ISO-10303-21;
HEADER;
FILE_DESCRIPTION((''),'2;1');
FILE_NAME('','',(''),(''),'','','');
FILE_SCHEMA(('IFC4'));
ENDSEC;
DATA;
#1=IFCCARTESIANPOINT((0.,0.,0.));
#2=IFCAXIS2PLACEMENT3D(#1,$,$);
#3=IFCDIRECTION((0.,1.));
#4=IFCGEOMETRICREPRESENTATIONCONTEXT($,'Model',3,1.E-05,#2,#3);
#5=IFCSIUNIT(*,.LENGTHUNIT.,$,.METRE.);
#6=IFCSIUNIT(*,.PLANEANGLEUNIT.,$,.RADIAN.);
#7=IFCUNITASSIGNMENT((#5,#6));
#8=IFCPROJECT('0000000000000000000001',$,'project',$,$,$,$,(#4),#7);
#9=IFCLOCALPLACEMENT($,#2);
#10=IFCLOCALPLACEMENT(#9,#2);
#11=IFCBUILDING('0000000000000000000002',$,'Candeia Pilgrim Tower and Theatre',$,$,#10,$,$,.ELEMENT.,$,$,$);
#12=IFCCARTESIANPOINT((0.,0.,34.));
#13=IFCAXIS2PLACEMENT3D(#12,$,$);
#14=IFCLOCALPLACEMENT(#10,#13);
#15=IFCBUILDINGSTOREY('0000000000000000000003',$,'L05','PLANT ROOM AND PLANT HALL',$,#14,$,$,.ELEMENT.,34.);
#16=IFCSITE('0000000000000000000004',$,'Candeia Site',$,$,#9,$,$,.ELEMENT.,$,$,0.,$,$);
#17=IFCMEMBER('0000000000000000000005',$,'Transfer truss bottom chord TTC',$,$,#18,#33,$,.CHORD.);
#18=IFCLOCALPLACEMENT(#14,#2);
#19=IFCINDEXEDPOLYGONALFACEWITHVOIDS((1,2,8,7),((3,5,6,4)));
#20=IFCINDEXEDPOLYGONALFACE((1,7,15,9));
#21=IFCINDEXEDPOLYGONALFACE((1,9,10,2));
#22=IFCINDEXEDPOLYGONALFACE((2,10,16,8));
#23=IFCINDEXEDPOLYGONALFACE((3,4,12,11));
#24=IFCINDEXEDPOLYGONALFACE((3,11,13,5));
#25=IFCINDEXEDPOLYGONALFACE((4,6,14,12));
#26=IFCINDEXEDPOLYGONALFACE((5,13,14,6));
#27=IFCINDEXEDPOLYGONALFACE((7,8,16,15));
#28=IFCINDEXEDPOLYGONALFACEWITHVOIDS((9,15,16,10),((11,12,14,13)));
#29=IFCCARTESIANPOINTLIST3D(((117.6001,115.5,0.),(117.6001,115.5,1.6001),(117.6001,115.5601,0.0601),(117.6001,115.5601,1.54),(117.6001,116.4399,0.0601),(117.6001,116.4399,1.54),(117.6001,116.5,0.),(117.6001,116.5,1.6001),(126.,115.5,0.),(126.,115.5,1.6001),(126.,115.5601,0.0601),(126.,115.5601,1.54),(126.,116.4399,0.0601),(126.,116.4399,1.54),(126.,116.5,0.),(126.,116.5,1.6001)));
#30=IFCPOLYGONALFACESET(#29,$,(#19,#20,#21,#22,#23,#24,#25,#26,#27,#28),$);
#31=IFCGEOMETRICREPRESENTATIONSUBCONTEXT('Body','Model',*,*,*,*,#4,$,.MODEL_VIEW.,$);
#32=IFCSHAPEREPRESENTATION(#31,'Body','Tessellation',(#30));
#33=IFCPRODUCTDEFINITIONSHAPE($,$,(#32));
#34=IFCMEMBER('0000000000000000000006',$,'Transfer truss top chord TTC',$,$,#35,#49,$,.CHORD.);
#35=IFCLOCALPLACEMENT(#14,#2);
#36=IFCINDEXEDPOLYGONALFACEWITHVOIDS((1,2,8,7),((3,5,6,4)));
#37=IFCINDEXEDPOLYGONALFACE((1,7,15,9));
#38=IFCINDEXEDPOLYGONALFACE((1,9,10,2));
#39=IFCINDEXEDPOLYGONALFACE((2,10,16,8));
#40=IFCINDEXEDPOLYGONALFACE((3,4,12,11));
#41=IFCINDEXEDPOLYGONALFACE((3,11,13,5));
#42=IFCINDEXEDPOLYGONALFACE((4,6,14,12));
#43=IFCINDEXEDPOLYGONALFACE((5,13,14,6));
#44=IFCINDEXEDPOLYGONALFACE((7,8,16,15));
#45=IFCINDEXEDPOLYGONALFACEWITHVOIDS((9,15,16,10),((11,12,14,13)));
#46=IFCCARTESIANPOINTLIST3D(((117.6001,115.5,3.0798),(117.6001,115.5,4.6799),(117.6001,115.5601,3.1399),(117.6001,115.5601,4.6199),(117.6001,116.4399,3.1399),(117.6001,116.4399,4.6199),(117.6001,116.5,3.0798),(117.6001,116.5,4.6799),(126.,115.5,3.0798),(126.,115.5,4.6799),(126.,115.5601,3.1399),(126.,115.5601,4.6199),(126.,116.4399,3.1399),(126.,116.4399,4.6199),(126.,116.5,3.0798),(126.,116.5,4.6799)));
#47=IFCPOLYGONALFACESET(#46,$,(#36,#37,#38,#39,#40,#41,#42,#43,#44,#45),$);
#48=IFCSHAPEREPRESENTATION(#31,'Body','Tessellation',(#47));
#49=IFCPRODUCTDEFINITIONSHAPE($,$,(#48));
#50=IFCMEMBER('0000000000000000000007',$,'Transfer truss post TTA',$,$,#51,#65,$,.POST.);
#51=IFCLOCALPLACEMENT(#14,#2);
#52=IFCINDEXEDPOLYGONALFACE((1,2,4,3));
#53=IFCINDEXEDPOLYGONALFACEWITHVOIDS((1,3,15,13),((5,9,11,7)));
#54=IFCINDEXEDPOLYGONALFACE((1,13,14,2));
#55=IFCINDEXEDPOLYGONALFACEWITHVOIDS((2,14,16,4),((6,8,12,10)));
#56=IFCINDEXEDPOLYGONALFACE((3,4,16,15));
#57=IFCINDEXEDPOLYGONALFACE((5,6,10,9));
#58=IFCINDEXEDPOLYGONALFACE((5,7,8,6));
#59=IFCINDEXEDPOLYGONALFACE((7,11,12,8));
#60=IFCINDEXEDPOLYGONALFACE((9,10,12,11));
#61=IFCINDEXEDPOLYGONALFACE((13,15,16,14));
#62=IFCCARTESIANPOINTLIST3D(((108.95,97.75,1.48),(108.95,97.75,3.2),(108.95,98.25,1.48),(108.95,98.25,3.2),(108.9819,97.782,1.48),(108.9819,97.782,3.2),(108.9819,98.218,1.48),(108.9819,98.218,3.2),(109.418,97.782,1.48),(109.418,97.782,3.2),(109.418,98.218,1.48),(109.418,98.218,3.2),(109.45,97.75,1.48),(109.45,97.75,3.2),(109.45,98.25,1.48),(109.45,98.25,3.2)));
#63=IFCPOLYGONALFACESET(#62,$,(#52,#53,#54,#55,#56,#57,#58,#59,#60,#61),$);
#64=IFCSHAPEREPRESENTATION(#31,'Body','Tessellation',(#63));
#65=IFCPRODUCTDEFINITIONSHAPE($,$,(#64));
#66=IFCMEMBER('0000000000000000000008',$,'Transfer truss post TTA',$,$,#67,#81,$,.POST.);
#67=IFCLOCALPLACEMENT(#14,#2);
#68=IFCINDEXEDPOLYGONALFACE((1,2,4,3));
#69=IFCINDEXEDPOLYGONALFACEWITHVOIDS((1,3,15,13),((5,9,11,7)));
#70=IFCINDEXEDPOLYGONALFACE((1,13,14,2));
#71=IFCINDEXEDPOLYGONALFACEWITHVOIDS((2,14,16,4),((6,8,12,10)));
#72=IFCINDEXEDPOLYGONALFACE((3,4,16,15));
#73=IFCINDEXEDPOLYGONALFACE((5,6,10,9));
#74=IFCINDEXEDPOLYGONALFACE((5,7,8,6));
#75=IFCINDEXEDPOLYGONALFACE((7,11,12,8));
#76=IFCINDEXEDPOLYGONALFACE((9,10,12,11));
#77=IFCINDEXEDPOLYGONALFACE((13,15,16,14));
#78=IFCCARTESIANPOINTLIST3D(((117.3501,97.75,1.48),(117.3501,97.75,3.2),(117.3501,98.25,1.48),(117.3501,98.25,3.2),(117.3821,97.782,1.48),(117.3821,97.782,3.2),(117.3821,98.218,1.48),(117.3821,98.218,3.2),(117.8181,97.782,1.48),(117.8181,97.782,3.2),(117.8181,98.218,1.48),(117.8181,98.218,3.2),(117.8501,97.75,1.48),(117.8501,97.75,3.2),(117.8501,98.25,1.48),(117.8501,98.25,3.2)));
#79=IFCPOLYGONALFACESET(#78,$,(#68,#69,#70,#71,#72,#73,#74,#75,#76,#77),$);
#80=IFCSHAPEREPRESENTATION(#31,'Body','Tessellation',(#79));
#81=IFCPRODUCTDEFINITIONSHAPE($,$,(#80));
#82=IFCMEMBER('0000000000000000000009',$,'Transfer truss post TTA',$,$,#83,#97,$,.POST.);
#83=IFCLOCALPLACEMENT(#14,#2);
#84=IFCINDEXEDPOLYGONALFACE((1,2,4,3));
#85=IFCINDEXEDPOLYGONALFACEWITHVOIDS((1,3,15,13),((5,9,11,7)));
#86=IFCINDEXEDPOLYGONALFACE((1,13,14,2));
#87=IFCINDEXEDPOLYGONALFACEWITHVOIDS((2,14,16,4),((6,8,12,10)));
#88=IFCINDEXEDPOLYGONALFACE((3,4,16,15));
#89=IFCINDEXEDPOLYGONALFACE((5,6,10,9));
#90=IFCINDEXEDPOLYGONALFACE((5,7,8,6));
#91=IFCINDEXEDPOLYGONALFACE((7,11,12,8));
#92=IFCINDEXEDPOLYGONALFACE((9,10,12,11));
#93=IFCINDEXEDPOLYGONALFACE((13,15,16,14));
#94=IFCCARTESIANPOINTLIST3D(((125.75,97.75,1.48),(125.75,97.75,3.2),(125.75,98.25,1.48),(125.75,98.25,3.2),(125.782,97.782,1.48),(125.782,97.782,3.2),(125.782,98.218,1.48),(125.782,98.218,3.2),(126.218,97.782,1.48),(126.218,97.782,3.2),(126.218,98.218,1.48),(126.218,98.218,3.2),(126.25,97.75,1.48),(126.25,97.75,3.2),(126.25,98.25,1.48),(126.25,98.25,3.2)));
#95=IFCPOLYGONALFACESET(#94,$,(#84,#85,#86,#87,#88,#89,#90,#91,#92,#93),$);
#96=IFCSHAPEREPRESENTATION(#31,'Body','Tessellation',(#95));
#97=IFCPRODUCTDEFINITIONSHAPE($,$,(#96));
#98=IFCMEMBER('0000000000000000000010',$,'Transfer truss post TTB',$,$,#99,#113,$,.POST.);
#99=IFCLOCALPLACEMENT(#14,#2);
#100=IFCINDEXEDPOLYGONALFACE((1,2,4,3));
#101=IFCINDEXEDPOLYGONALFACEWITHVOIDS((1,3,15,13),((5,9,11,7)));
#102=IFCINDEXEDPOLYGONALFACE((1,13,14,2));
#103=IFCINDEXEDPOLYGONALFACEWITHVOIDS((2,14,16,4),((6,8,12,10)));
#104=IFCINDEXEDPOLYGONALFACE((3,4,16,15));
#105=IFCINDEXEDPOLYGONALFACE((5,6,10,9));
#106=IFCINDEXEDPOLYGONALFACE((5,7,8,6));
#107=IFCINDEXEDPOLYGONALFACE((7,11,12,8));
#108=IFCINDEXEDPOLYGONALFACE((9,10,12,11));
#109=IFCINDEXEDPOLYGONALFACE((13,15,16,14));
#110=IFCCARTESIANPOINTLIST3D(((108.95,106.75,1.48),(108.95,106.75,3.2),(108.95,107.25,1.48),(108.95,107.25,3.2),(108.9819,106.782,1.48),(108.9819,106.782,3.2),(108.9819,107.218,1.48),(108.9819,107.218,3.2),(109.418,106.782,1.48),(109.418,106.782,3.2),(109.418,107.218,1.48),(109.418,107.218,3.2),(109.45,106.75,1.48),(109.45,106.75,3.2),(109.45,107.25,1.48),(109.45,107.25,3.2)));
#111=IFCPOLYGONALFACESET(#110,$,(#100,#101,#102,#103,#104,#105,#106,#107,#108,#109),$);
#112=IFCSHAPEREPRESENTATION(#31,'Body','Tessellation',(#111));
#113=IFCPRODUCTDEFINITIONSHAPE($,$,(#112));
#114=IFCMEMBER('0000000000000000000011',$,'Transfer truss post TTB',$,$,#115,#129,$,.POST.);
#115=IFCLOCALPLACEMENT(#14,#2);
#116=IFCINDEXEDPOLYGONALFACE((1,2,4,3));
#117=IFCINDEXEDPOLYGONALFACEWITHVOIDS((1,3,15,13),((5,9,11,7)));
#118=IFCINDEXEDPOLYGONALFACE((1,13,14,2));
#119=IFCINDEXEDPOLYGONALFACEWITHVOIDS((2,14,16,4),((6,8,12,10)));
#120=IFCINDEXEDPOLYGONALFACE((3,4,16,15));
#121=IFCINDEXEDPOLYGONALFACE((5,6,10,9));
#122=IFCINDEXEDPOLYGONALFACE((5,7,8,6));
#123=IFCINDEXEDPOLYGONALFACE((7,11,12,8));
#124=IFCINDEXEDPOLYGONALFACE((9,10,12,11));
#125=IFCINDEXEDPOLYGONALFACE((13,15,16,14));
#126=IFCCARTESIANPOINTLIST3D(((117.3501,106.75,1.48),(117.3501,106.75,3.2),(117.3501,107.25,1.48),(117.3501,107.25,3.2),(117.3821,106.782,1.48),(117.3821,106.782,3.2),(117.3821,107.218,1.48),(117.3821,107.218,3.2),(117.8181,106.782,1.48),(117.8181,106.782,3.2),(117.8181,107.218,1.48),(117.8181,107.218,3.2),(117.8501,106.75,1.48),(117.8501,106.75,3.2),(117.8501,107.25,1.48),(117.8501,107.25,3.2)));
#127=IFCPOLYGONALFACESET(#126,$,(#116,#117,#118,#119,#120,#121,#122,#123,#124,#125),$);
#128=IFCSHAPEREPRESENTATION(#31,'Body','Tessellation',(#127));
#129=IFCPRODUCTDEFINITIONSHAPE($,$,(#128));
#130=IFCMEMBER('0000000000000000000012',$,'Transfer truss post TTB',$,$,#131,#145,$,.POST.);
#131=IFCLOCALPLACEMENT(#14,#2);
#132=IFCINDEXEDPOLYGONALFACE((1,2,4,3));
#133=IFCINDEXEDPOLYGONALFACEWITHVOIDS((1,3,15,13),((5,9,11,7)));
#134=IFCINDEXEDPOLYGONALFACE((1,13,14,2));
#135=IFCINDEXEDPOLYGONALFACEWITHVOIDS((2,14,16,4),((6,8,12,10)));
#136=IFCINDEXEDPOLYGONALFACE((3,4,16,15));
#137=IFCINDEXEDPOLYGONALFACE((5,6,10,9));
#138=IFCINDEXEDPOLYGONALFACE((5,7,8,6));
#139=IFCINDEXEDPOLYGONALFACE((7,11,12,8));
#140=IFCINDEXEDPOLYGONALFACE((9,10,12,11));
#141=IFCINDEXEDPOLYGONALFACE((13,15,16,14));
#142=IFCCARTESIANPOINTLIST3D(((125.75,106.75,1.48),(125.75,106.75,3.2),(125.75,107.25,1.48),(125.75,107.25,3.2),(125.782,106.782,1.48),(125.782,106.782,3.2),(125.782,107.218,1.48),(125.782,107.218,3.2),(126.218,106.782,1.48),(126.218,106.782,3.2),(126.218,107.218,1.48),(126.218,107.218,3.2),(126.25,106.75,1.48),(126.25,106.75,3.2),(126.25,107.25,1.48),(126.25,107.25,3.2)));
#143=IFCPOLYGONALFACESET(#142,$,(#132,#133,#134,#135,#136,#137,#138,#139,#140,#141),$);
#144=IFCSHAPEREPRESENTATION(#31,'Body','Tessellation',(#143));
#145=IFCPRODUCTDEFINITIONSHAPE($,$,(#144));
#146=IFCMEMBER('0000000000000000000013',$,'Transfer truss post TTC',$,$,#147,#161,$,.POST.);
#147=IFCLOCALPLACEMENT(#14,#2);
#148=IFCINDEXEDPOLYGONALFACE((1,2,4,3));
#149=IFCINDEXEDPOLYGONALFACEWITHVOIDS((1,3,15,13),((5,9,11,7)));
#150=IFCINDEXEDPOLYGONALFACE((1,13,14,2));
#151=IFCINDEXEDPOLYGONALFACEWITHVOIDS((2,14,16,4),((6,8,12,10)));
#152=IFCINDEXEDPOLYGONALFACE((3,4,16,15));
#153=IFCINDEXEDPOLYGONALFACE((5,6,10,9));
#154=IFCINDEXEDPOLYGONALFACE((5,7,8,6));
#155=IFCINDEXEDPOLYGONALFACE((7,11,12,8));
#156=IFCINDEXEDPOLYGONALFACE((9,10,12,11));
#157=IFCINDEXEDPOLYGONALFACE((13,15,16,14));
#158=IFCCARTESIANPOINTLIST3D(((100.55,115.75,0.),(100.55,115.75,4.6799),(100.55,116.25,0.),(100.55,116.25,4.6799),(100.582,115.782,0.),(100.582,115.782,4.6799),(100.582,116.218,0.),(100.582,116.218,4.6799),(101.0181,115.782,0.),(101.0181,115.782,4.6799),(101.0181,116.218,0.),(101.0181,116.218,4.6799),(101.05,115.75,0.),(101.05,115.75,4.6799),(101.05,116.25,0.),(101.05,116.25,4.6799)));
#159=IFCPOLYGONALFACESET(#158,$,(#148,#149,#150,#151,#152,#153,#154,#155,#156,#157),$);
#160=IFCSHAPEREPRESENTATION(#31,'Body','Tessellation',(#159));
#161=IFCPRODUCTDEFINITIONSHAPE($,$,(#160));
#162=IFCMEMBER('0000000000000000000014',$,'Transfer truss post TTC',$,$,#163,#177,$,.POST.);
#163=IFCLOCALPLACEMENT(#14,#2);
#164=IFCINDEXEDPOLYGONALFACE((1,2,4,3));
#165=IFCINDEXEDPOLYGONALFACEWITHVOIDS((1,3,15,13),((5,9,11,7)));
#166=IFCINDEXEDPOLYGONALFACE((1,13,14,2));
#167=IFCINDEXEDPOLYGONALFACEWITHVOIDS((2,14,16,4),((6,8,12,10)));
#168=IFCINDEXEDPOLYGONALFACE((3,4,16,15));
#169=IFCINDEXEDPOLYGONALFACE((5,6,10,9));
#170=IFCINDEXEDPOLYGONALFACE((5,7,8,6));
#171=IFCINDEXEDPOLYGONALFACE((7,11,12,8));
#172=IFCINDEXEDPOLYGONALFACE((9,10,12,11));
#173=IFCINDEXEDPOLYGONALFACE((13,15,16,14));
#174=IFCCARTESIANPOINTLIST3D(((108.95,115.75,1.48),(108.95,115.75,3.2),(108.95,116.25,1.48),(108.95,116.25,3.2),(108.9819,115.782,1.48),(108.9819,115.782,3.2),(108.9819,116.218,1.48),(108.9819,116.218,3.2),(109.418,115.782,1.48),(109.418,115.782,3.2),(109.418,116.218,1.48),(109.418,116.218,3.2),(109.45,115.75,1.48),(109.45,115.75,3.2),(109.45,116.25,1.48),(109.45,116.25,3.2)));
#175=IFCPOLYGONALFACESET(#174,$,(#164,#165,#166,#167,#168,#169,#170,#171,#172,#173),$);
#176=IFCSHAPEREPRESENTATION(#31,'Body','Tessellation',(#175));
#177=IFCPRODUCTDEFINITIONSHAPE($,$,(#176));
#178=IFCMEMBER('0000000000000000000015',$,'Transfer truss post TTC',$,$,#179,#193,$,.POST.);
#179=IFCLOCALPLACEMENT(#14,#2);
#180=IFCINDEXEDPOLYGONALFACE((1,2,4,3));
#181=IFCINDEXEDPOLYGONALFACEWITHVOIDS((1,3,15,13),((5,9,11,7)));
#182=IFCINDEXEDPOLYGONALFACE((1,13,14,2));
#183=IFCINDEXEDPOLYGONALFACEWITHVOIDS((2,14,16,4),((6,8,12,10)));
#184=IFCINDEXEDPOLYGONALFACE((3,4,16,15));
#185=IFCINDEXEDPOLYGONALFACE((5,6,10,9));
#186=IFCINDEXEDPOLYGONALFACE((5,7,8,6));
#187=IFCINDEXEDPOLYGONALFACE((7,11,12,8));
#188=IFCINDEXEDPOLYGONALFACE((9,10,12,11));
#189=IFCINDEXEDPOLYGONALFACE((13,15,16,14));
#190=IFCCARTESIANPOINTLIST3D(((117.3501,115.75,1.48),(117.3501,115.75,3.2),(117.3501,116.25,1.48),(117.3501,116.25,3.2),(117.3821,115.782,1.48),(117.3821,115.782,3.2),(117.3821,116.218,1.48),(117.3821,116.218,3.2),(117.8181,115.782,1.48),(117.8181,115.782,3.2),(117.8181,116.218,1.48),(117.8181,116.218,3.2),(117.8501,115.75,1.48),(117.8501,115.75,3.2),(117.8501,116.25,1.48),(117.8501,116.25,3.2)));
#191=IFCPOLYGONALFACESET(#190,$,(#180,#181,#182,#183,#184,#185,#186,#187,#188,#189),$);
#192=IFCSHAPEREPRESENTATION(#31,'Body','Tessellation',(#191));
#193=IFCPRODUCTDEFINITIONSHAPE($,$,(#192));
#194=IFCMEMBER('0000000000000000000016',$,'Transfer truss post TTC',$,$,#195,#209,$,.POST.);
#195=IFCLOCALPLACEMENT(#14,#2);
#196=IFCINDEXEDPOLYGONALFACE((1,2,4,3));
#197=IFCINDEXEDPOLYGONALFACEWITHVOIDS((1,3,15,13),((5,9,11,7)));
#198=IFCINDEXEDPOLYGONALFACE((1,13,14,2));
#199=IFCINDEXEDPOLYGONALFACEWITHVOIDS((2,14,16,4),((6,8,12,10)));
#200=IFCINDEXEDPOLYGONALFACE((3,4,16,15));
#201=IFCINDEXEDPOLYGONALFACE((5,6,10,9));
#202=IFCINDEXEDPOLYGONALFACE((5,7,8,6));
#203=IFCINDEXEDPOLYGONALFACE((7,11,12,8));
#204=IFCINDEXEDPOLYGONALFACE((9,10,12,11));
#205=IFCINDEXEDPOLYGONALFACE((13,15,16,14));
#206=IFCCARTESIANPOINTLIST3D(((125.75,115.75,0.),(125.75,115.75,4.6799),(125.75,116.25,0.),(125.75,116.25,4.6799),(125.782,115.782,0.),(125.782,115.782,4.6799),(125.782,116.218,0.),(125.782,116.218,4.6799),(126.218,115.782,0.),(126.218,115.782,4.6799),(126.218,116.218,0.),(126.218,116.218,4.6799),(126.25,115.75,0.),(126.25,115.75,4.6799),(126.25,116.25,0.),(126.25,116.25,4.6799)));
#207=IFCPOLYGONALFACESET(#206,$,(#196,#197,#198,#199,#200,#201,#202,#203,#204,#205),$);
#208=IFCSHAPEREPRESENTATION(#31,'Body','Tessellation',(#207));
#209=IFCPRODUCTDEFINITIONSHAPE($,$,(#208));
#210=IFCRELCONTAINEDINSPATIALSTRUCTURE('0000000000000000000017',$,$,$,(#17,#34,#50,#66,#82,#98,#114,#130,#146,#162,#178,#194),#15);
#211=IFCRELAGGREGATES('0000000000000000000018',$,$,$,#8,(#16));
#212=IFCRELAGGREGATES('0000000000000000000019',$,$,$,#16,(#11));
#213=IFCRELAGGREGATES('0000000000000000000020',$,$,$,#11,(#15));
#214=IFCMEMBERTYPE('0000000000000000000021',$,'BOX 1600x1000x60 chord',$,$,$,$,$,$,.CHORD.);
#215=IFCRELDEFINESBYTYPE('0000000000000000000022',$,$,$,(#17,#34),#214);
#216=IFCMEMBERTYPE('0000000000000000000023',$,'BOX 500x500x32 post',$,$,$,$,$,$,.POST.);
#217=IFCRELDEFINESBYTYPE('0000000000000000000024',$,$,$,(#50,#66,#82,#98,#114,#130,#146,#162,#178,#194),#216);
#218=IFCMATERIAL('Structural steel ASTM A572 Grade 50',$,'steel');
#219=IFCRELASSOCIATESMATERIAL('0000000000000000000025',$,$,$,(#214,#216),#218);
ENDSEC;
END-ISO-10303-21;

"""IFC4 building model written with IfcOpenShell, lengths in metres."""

from ifc_helpers import new_model, si_unit, direction, frame, origin, origin_2d, place, context, subcontext, project, spatial, hollow_rectangle, extrude, material, material_profile, profile_set, type_object, element, save


model = new_model("IFC4")

# Units and contexts
model_context = context("Model", 3, precision=1e-05, world=origin(), true_north=direction((0.0, 1.0)))
body_context = subcontext(model_context, "Body", "Model", "MODEL_VIEW")
ifc_project = project(units=[si_unit("LENGTHUNIT", "METRE"), si_unit("PLANEANGLEUNIT", "RADIAN")], contexts=[model_context])

# Site, building, storey
site_placement = place(None, origin())
site = spatial("IfcSite", under=ifc_project, at=site_placement, Name="Candeia Site", CompositionType="ELEMENT", RefElevation=0.0)
building_placement = place(site_placement, origin())
building = spatial("IfcBuilding", under=site, at=building_placement, Name="Candeia Pilgrim Tower and Theatre", CompositionType="ELEMENT")
storey_placement = place(building_placement, frame((0.0, 0.0, 34.0)))
storey = spatial("IfcBuildingStorey", under=building, at=storey_placement, Name="L05", Description="PLANT ROOM AND PLANT HALL", CompositionType="ELEMENT", Elevation=34.0)

# Members
ifc_material_1 = material(Name="Structural steel ASTM A572 Grade 50", Category="steel")
ifc_material_profile_1 = material_profile(ifc_material_1, hollow_rectangle(XDim=1.0, YDim=1.6001, WallThickness=0.0601, at=origin_2d()))
ifc_profile_set_1 = profile_set([ifc_material_profile_1], Name="Structural steel ASTM A572 Grade 50")
member_type_1 = type_object("IfcMemberType", Name="BOX 1600x1000x60 chord", PredefinedType="CHORD", material=ifc_profile_set_1)
for number, where, z_axis, x_axis, name in (
    (1, (117.6001, 116.0, 0.8), (1.0, 0.0, 0.0), (0.0, 1.0, 0.0), "Transfer truss bottom chord TTC"),
    (2, (117.6001, 116.0, 3.8799), (1.0, 0.0, 0.0), (0.0, 1.0, 0.0), "Transfer truss top chord TTC"),
):
    element("IfcMember", number, at=place(storey_placement, frame(where, z_axis=z_axis, x_axis=x_axis)), inside=storey, type_object=member_type_1, Name=name, PredefinedType="CHORD", context=body_context, shape_type="SweptSolid", body=[
        extrude(hollow_rectangle(XDim=1.0, YDim=1.6001, WallThickness=0.0601, at=origin_2d()), origin(), (0.0, 0.0, 1.0), 8.3999),
    ])
ifc_material_profile_2 = material_profile(ifc_material_1, hollow_rectangle(XDim=0.5, YDim=0.5, WallThickness=0.032, at=origin_2d()))
ifc_profile_set_2 = profile_set([ifc_material_profile_2], Name="Structural steel ASTM A572 Grade 50")
member_type_2 = type_object("IfcMemberType", Name="BOX 500x500x32 post", PredefinedType="POST", material=ifc_profile_set_2)
for number, where, z_axis, x_axis, name in (
    (3, (109.2, 98.0, 1.48), (0.0, 0.0, 1.0), (1.0, 0.0, 0.0), "Transfer truss post TTA"),
    (4, (117.6001, 98.0, 1.48), (0.0, 0.0, 1.0), (1.0, 0.0, 0.0), "Transfer truss post TTA"),
    (5, (126.0, 98.0, 1.48), (0.0, 0.0, 1.0), (1.0, 0.0, 0.0), "Transfer truss post TTA"),
    (6, (109.2, 107.0, 1.48), (0.0, 0.0, 1.0), (1.0, 0.0, 0.0), "Transfer truss post TTB"),
    (7, (117.6001, 107.0, 1.48), (0.0, 0.0, 1.0), (1.0, 0.0, 0.0), "Transfer truss post TTB"),
    (8, (126.0, 107.0, 1.48), (0.0, 0.0, 1.0), (1.0, 0.0, 0.0), "Transfer truss post TTB"),
):
    element("IfcMember", number, at=place(storey_placement, frame(where, z_axis=z_axis, x_axis=x_axis)), inside=storey, type_object=member_type_2, Name=name, PredefinedType="POST", context=body_context, shape_type="SweptSolid", body=[
        extrude(hollow_rectangle(XDim=0.5, YDim=0.5, WallThickness=0.032, at=origin_2d()), origin(), (0.0, 0.0, 1.0), 1.72),
    ])
member_1_placement = place(storey_placement, frame((100.8, 116.0, 0.0), z_axis=(0.0, 0.0, 1.0), x_axis=(1.0, 0.0, 0.0)))
element("IfcMember", 9, at=member_1_placement, inside=storey, type_object=member_type_2, Name="Transfer truss post TTC", PredefinedType="POST", context=body_context, shape_type="SweptSolid", body=[
    extrude(hollow_rectangle(XDim=0.5, YDim=0.5, WallThickness=0.032, at=origin_2d()), origin(), (0.0, 0.0, 1.0), 4.6799),
])
for number, where, z_axis, x_axis, name in (
    (10, (109.2, 116.0, 1.48), (0.0, 0.0, 1.0), (1.0, 0.0, 0.0), "Transfer truss post TTC"),
    (11, (117.6001, 116.0, 1.48), (0.0, 0.0, 1.0), (1.0, 0.0, 0.0), "Transfer truss post TTC"),
):
    element("IfcMember", number, at=place(storey_placement, frame(where, z_axis=z_axis, x_axis=x_axis)), inside=storey, type_object=member_type_2, Name=name, PredefinedType="POST", context=body_context, shape_type="SweptSolid", body=[
        extrude(hollow_rectangle(XDim=0.5, YDim=0.5, WallThickness=0.032, at=origin_2d()), origin(), (0.0, 0.0, 1.0), 1.72),
    ])
member_2_placement = place(storey_placement, frame((126.0, 116.0, 0.0), z_axis=(0.0, 0.0, 1.0), x_axis=(1.0, 0.0, 0.0)))
element("IfcMember", 12, at=member_2_placement, inside=storey, type_object=member_type_2, Name="Transfer truss post TTC", PredefinedType="POST", context=body_context, shape_type="SweptSolid", body=[
    extrude(hollow_rectangle(XDim=0.5, YDim=0.5, WallThickness=0.032, at=origin_2d()), origin(), (0.0, 0.0, 1.0), 4.6799),
])

save(model, "model.ifc")
